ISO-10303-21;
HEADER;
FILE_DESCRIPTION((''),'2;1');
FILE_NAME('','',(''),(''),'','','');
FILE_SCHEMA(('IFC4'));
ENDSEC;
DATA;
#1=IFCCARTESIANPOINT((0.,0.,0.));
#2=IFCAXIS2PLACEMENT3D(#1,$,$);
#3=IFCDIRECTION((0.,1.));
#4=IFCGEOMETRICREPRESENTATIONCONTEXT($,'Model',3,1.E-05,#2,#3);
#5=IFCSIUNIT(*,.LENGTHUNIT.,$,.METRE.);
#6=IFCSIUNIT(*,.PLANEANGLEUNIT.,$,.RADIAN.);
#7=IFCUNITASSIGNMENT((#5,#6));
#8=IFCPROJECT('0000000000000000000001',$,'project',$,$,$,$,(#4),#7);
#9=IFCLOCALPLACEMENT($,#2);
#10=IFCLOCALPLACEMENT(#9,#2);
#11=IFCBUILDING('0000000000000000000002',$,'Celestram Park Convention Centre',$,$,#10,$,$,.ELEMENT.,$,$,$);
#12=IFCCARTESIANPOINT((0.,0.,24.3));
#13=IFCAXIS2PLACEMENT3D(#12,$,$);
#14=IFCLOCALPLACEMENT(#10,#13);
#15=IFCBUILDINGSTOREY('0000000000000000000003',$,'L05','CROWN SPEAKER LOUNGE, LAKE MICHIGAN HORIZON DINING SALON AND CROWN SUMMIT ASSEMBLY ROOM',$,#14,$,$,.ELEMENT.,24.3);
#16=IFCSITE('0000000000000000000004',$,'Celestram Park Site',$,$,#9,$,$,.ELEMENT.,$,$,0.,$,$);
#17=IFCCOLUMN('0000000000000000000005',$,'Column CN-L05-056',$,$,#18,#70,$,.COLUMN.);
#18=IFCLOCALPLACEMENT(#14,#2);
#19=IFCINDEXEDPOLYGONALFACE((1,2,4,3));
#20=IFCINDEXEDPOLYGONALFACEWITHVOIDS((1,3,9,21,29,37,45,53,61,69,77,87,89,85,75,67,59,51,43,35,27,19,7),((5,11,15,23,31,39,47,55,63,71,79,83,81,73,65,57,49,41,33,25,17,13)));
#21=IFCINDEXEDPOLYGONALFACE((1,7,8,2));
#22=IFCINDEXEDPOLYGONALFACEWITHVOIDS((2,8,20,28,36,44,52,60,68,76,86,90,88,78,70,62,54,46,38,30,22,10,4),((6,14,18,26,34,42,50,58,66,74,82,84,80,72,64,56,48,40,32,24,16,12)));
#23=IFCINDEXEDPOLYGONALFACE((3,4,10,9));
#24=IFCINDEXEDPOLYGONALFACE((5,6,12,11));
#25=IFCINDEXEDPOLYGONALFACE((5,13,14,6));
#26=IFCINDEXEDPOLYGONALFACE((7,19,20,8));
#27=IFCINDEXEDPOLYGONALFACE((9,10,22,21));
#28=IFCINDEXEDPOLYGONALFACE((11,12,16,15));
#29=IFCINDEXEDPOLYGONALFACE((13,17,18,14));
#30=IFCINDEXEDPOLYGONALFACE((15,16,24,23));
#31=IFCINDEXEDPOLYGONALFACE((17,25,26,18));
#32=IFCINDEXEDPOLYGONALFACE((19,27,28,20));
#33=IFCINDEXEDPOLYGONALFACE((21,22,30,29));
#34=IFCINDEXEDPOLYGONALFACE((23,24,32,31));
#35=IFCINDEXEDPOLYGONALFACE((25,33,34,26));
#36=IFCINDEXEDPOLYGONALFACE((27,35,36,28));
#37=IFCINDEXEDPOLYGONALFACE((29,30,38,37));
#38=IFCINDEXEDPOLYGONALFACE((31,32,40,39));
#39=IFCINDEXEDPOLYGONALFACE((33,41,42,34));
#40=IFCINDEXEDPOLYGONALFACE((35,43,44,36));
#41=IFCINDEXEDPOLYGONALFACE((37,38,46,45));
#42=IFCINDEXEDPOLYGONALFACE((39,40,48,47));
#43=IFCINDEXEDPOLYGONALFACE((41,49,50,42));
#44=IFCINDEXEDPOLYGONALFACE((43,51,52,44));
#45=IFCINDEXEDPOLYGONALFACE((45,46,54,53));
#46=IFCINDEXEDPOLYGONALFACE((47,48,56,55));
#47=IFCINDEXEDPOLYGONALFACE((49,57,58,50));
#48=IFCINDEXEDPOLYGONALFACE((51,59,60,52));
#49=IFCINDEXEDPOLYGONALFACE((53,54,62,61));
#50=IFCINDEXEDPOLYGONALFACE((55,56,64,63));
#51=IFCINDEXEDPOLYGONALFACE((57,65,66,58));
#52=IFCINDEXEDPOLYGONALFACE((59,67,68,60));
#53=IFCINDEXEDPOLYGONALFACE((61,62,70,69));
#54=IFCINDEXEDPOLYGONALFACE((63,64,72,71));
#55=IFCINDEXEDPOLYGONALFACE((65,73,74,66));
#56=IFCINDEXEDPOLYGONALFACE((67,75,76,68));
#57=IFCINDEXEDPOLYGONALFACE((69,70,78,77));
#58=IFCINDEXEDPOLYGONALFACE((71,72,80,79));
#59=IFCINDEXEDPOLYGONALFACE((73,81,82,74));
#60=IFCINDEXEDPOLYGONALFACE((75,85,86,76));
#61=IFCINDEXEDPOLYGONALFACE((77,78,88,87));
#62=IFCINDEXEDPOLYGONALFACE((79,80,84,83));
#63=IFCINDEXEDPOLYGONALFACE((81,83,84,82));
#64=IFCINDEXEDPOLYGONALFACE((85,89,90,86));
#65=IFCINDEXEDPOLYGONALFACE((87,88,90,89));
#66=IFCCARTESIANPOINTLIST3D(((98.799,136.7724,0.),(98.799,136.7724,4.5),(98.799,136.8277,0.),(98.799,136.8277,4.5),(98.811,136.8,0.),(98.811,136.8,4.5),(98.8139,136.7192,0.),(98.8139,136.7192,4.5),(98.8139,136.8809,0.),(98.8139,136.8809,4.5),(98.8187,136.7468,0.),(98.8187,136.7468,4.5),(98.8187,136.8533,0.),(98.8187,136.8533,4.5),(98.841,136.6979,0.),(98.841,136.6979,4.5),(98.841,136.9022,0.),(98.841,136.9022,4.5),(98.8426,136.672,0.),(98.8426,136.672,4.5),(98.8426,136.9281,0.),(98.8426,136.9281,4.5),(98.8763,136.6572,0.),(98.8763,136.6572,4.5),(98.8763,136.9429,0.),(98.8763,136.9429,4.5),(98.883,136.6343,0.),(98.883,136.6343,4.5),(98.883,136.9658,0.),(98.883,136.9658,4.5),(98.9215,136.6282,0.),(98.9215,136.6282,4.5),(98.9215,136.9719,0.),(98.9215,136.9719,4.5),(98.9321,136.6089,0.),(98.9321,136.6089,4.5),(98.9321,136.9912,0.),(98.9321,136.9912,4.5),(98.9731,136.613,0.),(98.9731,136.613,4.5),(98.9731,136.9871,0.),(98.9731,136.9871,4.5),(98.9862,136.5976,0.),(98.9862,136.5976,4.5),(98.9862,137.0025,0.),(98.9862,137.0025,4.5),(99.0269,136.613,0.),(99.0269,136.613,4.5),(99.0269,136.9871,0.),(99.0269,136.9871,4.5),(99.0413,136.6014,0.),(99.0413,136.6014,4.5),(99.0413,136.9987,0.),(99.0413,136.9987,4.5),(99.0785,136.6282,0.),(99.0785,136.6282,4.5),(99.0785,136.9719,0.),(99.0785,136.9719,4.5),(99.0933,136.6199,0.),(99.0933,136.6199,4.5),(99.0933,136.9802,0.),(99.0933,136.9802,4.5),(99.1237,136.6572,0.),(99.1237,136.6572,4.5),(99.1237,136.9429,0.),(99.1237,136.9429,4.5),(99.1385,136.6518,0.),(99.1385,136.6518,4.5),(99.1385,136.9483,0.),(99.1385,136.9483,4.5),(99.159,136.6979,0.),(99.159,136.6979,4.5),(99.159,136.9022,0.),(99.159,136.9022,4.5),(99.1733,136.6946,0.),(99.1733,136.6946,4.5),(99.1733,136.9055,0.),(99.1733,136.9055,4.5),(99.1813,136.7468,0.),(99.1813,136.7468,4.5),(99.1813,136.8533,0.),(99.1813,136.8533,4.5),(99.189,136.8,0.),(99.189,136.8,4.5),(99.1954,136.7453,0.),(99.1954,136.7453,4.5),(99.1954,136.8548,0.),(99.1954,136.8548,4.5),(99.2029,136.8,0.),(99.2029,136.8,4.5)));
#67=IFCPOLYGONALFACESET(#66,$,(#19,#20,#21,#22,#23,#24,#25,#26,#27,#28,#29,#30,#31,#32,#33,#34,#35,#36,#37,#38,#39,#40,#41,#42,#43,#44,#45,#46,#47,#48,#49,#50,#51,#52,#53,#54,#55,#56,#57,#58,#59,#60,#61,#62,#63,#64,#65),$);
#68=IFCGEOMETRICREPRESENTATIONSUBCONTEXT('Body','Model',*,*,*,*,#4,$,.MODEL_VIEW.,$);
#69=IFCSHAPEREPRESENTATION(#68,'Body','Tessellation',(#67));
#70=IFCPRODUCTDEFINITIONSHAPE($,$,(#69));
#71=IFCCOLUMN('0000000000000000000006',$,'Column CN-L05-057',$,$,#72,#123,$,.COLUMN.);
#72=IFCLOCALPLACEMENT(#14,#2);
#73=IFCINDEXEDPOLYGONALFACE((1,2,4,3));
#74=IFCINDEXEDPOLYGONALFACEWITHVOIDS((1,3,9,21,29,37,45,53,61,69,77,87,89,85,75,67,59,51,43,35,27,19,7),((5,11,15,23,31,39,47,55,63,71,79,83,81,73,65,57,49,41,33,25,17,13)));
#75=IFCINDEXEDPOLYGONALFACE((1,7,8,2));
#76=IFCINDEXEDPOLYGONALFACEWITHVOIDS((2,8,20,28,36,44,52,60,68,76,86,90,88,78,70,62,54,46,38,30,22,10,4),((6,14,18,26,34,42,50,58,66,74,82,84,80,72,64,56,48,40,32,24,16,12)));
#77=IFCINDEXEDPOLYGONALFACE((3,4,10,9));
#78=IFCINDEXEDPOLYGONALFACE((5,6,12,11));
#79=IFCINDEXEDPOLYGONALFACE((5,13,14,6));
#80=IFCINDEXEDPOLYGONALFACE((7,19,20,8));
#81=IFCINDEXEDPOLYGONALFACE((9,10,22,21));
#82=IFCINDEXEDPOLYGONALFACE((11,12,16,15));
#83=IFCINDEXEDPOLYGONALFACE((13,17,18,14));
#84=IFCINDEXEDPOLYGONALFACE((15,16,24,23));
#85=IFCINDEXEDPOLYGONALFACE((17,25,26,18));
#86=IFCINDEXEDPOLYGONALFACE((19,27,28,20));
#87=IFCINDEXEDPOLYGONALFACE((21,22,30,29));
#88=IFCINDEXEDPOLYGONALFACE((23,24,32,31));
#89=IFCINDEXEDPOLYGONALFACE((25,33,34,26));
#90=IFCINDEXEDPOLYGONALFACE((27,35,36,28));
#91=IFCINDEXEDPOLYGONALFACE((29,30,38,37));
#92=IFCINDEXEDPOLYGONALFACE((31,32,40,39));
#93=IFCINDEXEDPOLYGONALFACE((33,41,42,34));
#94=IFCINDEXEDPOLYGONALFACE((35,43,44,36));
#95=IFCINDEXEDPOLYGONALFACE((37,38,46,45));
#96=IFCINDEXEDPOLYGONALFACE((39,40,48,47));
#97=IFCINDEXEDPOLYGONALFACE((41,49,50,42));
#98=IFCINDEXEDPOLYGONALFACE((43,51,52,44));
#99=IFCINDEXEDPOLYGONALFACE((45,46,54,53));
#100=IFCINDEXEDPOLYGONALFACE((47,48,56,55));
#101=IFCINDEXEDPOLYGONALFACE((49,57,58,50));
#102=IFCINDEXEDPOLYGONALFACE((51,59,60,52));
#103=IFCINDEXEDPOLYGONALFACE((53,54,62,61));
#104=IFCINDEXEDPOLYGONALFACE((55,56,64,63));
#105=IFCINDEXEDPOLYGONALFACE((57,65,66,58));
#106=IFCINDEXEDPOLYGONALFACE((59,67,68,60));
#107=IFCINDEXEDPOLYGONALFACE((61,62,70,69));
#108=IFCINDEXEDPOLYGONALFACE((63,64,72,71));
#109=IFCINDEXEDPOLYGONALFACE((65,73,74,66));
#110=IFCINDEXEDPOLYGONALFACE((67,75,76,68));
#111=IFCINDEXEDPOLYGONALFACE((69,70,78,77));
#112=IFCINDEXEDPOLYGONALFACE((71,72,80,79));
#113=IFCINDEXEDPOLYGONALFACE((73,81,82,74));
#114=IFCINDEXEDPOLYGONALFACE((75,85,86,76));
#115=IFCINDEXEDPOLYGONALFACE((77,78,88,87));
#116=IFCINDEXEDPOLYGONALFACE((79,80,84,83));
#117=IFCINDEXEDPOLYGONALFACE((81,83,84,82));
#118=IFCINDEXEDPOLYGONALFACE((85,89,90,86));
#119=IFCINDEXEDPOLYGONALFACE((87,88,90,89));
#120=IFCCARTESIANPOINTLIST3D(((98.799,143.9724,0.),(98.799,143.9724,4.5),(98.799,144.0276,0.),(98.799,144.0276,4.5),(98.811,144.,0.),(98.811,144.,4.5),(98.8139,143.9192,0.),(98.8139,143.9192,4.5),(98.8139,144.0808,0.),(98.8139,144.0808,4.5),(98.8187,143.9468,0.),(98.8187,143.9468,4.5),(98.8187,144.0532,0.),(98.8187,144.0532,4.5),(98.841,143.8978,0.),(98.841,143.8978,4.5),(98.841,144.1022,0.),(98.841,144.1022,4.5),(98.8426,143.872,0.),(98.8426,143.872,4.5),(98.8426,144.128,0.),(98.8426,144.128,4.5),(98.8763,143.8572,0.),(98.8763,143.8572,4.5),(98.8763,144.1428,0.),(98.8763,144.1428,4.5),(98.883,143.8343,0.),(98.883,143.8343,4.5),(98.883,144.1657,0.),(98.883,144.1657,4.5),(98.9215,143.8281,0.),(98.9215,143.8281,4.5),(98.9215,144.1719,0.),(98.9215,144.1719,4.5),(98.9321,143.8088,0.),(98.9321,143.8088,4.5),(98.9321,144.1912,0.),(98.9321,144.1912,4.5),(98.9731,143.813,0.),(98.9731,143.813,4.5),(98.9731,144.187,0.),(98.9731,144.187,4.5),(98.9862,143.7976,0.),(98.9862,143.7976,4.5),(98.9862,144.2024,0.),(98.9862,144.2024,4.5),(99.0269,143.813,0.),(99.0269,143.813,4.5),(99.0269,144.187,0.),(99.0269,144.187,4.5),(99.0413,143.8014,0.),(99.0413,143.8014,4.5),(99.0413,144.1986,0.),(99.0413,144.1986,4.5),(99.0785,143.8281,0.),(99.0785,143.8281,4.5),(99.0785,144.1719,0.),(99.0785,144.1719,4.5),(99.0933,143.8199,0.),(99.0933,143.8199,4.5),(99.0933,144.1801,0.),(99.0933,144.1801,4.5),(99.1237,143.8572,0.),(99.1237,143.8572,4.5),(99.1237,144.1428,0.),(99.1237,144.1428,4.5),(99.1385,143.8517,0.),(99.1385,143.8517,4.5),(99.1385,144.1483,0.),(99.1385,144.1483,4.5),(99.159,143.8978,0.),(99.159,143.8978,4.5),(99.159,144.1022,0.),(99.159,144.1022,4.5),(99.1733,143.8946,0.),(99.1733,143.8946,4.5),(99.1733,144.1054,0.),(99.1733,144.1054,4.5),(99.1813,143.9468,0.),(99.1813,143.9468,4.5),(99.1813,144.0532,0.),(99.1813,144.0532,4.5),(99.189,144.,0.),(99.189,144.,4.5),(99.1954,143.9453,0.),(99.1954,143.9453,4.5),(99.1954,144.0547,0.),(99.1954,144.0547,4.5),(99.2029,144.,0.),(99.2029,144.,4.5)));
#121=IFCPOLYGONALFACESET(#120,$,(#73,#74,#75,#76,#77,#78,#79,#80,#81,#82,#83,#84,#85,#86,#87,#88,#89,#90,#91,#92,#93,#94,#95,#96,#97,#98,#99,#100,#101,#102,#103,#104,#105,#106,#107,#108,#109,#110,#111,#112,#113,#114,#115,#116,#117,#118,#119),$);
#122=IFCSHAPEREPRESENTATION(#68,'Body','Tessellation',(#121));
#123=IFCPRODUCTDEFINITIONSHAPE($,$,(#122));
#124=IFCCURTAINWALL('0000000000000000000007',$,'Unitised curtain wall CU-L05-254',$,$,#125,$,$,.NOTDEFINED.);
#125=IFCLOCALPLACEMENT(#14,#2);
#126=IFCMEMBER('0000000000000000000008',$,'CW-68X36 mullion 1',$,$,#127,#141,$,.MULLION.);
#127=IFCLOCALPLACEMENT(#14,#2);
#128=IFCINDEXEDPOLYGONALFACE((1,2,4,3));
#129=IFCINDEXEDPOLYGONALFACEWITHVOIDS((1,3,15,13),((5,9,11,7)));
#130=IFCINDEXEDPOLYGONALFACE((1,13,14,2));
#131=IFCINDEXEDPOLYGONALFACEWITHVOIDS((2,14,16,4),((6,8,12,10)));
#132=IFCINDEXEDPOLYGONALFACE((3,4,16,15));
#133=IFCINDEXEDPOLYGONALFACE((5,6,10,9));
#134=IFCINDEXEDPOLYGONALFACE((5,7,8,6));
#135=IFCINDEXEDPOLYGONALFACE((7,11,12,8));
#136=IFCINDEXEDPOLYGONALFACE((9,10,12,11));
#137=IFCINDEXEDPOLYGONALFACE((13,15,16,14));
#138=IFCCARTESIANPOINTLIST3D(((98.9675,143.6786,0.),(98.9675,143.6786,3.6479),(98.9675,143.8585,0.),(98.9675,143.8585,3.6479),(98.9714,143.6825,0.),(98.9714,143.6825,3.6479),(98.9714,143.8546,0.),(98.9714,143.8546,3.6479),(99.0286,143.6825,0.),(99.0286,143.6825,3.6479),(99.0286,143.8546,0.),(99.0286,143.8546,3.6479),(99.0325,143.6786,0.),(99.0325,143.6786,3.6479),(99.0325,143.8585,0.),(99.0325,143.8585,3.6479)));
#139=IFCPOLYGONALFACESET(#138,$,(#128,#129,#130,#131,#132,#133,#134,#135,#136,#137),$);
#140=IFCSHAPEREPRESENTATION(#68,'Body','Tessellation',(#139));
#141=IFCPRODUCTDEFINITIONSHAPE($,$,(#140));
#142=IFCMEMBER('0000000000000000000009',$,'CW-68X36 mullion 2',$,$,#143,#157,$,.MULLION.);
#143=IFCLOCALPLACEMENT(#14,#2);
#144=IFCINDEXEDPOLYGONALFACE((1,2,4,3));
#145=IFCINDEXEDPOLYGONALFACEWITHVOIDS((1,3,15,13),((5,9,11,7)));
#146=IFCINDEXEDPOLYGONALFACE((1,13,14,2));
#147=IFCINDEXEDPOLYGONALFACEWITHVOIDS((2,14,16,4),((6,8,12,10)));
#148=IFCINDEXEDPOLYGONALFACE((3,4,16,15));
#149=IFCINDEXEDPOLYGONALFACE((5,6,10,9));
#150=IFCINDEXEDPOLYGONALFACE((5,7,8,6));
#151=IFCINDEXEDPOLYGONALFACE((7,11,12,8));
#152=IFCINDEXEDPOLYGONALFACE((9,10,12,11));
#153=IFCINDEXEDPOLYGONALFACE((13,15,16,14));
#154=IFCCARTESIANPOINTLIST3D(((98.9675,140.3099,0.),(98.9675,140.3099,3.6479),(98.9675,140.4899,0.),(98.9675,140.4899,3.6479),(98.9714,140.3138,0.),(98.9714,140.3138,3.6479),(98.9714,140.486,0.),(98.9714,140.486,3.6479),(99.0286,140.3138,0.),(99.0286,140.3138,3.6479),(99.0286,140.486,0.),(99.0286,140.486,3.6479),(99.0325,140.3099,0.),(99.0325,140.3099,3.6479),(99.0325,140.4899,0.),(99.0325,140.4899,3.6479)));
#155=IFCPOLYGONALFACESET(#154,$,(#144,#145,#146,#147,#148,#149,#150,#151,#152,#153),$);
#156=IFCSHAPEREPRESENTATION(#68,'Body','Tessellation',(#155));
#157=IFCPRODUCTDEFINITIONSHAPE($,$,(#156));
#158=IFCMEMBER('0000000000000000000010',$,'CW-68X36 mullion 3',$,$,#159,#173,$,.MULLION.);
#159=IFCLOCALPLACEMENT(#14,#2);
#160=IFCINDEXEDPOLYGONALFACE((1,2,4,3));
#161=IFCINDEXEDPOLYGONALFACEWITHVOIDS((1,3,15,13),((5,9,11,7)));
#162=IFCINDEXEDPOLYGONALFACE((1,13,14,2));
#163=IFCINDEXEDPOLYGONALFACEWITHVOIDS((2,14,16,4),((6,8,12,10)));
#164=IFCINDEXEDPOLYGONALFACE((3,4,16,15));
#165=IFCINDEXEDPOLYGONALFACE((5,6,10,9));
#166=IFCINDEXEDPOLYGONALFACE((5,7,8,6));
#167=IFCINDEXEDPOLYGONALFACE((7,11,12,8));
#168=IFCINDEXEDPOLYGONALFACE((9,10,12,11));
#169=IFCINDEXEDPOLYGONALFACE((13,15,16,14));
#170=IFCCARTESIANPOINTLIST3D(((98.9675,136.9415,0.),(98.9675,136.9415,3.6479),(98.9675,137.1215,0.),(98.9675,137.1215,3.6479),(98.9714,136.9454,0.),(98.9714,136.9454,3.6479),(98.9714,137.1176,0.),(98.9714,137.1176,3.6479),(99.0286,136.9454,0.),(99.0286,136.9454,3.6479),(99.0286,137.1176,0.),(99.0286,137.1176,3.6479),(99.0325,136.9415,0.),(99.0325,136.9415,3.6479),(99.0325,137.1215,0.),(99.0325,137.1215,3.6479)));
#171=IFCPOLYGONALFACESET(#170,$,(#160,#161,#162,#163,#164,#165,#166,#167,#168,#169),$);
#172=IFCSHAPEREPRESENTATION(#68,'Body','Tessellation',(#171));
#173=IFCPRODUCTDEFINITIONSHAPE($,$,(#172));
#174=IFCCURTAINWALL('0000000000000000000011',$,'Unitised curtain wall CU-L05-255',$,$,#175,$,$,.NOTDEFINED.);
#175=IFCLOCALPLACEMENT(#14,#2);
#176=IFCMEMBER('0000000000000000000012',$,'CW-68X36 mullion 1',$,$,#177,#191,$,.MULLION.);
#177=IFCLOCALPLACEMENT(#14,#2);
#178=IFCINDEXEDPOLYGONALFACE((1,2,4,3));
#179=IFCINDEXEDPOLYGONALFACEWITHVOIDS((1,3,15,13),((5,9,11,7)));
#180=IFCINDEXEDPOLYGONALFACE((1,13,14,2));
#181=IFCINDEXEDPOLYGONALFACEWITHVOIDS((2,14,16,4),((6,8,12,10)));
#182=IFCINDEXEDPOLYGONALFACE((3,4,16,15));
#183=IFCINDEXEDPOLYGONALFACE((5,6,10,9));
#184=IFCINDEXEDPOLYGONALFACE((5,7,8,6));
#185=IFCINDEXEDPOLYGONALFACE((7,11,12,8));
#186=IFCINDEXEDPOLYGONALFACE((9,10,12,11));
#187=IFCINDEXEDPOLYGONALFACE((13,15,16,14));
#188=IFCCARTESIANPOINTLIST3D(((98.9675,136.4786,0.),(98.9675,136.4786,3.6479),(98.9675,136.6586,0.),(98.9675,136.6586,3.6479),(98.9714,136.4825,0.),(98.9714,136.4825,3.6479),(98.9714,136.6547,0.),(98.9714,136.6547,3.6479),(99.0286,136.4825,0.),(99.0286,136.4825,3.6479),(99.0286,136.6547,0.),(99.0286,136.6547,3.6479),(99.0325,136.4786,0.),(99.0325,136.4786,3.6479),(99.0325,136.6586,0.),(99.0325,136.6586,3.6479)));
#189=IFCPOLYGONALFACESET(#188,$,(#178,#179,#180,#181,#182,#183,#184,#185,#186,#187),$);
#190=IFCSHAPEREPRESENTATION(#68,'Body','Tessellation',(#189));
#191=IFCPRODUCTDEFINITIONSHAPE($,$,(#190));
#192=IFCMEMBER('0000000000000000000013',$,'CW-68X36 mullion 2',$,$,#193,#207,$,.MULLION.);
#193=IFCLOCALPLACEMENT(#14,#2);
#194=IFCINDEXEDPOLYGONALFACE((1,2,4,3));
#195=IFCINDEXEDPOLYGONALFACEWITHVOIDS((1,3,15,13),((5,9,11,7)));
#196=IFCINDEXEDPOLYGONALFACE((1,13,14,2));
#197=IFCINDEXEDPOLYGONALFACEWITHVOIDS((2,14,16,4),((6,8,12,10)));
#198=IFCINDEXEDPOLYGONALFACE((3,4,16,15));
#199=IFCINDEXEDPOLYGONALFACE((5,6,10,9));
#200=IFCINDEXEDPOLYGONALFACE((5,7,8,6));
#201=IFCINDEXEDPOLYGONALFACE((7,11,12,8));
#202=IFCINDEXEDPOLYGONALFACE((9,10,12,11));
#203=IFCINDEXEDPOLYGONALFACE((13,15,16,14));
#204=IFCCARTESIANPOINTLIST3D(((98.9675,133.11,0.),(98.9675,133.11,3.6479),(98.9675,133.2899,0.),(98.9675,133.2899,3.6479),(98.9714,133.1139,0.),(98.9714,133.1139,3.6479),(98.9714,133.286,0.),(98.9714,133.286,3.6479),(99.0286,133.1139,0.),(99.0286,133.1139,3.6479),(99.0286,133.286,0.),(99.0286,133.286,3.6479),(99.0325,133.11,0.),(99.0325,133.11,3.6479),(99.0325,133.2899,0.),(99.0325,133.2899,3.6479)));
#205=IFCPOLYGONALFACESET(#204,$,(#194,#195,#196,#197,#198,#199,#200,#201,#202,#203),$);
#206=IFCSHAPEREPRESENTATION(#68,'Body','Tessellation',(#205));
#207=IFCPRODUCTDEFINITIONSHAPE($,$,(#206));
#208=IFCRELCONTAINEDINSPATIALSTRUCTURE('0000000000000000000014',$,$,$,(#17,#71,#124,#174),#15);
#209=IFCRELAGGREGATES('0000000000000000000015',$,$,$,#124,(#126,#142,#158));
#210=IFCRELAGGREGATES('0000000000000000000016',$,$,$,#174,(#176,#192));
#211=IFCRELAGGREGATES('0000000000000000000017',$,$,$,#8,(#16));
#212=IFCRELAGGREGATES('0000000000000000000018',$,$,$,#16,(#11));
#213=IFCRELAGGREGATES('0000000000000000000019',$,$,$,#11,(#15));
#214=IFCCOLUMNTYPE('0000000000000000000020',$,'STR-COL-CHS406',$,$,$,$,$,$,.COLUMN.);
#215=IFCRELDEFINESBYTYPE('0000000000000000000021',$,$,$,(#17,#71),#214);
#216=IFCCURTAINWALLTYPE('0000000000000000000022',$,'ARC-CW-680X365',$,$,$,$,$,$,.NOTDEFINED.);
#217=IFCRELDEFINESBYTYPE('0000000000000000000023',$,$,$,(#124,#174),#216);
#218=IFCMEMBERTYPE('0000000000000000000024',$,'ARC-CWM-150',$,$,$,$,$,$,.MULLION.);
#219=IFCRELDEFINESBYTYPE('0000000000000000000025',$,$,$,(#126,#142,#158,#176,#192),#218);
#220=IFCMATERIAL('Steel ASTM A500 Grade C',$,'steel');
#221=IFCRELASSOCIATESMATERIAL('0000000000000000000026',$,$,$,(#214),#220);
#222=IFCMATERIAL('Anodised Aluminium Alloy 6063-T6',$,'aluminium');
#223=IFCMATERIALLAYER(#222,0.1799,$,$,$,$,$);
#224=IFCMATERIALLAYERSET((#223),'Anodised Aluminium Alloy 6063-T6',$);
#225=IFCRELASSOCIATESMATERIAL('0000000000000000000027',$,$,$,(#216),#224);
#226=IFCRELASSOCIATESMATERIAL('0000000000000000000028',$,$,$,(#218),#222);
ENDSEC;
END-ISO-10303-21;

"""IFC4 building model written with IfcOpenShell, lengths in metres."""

from ifc_helpers import new_model, si_unit, direction, frame, origin, origin_2d, place, context, subcontext, project, spatial, hollow_rectangle, hollow_circle, extrude, material, layer, layer_set, material_profile, profile_set, type_object, element, aggregate, save


model = new_model("IFC4")

# Units and contexts
model_context = context("Model", 3, precision=1e-05, world=origin(), true_north=direction((0.0, 1.0)))
body_context = subcontext(model_context, "Body", "Model", "MODEL_VIEW")
ifc_project = project(units=[si_unit("LENGTHUNIT", "METRE"), si_unit("PLANEANGLEUNIT", "RADIAN")], contexts=[model_context])

# Site, building, storey
site_placement = place(None, origin())
site = spatial("IfcSite", under=ifc_project, at=site_placement, Name="Celestram Park Site", CompositionType="ELEMENT", RefElevation=0.0)
building_placement = place(site_placement, origin())
building = spatial("IfcBuilding", under=site, at=building_placement, Name="Celestram Park Convention Centre", CompositionType="ELEMENT")
storey_placement = place(building_placement, frame((0.0, 0.0, 24.3)))
storey = spatial("IfcBuildingStorey", under=building, at=storey_placement, Name="L05", Description="CROWN SPEAKER LOUNGE, LAKE MICHIGAN HORIZON DINING SALON AND CROWN SUMMIT ASSEMBLY ROOM", CompositionType="ELEMENT", Elevation=24.3)

# Columns
ifc_material_1 = material(Name="Steel ASTM A500 Grade C", Category="steel")
ifc_material_profile_1 = material_profile(ifc_material_1, hollow_circle(Radius=0.2029, WallThickness=0.0139, at=origin_2d()), Name="CHS406X14")
ifc_profile_set_1 = profile_set([ifc_material_profile_1], Name="Steel ASTM A500 Grade C")
column_type = type_object("IfcColumnType", Name="STR-COL-CHS406", PredefinedType="COLUMN", material=ifc_profile_set_1)
for number, where, z_axis, x_axis, name in (
    (1, (99.0, 136.8, 0.0), (0.0, 0.0, 1.0), (1.0, 0.0, 0.0), "Column CN-L05-056"),
    (2, (99.0, 144.0, 0.0), (0.0, 0.0, 1.0), (1.0, 0.0, 0.0), "Column CN-L05-057"),
):
    element("IfcColumn", number, at=place(storey_placement, frame(where, z_axis=z_axis, x_axis=x_axis)), inside=storey, type_object=column_type, Name=name, PredefinedType="COLUMN", context=body_context, shape_type="SweptSolid", body=[
        extrude(hollow_circle(Radius=0.2029, WallThickness=0.0139, at=origin_2d()), origin(), (0.0, 0.0, 1.0), 4.5),
    ])

# Curtain walls, members
ifc_material_2 = material(Name="Anodised Aluminium Alloy 6063-T6", Category="aluminium")
ifc_layer_1 = layer(ifc_material_2, 0.1799)
ifc_layer_set_1 = layer_set([ifc_layer_1], Name="Anodised Aluminium Alloy 6063-T6")
curtain_wall_type = type_object("IfcCurtainWallType", Name="ARC-CW-680X365", PredefinedType="NOTDEFINED", material=ifc_layer_set_1)
curtain_wall_1_placement = place(storey_placement, origin())
curtain_wall_1 = element("IfcCurtainWall", 3, at=curtain_wall_1_placement, inside=storey, type_object=curtain_wall_type, Name="Unitised curtain wall CU-L05-254", PredefinedType="NOTDEFINED")
ifc_material_profile_2 = material_profile(ifc_material_2, hollow_rectangle(XDim=0.0649, YDim=0.1799, WallThickness=0.0039, at=origin_2d()), Name="ALU65X180X4")
ifc_profile_set_2 = profile_set([ifc_material_profile_2], Name="Anodised Aluminium Alloy 6063-T6")
member_type_1 = type_object("IfcMemberType", Name="ARC-CWM-150", PredefinedType="MULLION", material=ifc_profile_set_2)
member_1_placement = place(storey_placement, frame((99.0, 143.7686, 0.0), z_axis=(0.0, 0.0, 1.0), x_axis=(1.0, 0.0, 0.0)))
member_1 = element("IfcMember", 4, at=member_1_placement, type_object=member_type_1, Name="CW-68X36 mullion 1", PredefinedType="MULLION", context=body_context, shape_type="SweptSolid", body=[
    extrude(hollow_rectangle(XDim=0.0649, YDim=0.1799, WallThickness=0.0039, at=origin_2d()), origin(), (0.0, 0.0, 1.0), 3.6479),
])
member_2_placement = place(storey_placement, frame((99.0, 140.3999, 0.0), z_axis=(0.0, 0.0, 1.0), x_axis=(1.0, 0.0, 0.0)))
member_2 = element("IfcMember", 5, at=member_2_placement, type_object=member_type_1, Name="CW-68X36 mullion 2", PredefinedType="MULLION", context=body_context, shape_type="SweptSolid", body=[
    extrude(hollow_rectangle(XDim=0.0649, YDim=0.1799, WallThickness=0.0039, at=origin_2d()), origin(), (0.0, 0.0, 1.0), 3.6479),
])
member_3_placement = place(storey_placement, frame((99.0, 137.0315, 0.0), z_axis=(0.0, 0.0, 1.0), x_axis=(1.0, 0.0, 0.0)))
member_3 = element("IfcMember", 6, at=member_3_placement, type_object=member_type_1, Name="CW-68X36 mullion 3", PredefinedType="MULLION", context=body_context, shape_type="SweptSolid", body=[
    extrude(hollow_rectangle(XDim=0.0649, YDim=0.1799, WallThickness=0.0039, at=origin_2d()), origin(), (0.0, 0.0, 1.0), 3.6479),
])
curtain_wall_2_placement = place(storey_placement, origin())
curtain_wall_2 = element("IfcCurtainWall", 7, at=curtain_wall_2_placement, inside=storey, type_object=curtain_wall_type, Name="Unitised curtain wall CU-L05-255", PredefinedType="NOTDEFINED")
member_4_placement = place(storey_placement, frame((99.0, 136.5686, 0.0), z_axis=(0.0, 0.0, 1.0), x_axis=(1.0, 0.0, 0.0)))
member_4 = element("IfcMember", 8, at=member_4_placement, type_object=member_type_1, Name="CW-68X36 mullion 1", PredefinedType="MULLION", context=body_context, shape_type="SweptSolid", body=[
    extrude(hollow_rectangle(XDim=0.0649, YDim=0.1799, WallThickness=0.0039, at=origin_2d()), origin(), (0.0, 0.0, 1.0), 3.6479),
])
member_5_placement = place(storey_placement, frame((99.0, 133.2, 0.0), z_axis=(0.0, 0.0, 1.0), x_axis=(1.0, 0.0, 0.0)))
member_5 = element("IfcMember", 9, at=member_5_placement, type_object=member_type_1, Name="CW-68X36 mullion 2", PredefinedType="MULLION", context=body_context, shape_type="SweptSolid", body=[
    extrude(hollow_rectangle(XDim=0.0649, YDim=0.1799, WallThickness=0.0039, at=origin_2d()), origin(), (0.0, 0.0, 1.0), 3.6479),
])

aggregate(curtain_wall_1, [member_1, member_2, member_3])
aggregate(curtain_wall_2, [member_4, member_5])

save(model, "model.ifc")
